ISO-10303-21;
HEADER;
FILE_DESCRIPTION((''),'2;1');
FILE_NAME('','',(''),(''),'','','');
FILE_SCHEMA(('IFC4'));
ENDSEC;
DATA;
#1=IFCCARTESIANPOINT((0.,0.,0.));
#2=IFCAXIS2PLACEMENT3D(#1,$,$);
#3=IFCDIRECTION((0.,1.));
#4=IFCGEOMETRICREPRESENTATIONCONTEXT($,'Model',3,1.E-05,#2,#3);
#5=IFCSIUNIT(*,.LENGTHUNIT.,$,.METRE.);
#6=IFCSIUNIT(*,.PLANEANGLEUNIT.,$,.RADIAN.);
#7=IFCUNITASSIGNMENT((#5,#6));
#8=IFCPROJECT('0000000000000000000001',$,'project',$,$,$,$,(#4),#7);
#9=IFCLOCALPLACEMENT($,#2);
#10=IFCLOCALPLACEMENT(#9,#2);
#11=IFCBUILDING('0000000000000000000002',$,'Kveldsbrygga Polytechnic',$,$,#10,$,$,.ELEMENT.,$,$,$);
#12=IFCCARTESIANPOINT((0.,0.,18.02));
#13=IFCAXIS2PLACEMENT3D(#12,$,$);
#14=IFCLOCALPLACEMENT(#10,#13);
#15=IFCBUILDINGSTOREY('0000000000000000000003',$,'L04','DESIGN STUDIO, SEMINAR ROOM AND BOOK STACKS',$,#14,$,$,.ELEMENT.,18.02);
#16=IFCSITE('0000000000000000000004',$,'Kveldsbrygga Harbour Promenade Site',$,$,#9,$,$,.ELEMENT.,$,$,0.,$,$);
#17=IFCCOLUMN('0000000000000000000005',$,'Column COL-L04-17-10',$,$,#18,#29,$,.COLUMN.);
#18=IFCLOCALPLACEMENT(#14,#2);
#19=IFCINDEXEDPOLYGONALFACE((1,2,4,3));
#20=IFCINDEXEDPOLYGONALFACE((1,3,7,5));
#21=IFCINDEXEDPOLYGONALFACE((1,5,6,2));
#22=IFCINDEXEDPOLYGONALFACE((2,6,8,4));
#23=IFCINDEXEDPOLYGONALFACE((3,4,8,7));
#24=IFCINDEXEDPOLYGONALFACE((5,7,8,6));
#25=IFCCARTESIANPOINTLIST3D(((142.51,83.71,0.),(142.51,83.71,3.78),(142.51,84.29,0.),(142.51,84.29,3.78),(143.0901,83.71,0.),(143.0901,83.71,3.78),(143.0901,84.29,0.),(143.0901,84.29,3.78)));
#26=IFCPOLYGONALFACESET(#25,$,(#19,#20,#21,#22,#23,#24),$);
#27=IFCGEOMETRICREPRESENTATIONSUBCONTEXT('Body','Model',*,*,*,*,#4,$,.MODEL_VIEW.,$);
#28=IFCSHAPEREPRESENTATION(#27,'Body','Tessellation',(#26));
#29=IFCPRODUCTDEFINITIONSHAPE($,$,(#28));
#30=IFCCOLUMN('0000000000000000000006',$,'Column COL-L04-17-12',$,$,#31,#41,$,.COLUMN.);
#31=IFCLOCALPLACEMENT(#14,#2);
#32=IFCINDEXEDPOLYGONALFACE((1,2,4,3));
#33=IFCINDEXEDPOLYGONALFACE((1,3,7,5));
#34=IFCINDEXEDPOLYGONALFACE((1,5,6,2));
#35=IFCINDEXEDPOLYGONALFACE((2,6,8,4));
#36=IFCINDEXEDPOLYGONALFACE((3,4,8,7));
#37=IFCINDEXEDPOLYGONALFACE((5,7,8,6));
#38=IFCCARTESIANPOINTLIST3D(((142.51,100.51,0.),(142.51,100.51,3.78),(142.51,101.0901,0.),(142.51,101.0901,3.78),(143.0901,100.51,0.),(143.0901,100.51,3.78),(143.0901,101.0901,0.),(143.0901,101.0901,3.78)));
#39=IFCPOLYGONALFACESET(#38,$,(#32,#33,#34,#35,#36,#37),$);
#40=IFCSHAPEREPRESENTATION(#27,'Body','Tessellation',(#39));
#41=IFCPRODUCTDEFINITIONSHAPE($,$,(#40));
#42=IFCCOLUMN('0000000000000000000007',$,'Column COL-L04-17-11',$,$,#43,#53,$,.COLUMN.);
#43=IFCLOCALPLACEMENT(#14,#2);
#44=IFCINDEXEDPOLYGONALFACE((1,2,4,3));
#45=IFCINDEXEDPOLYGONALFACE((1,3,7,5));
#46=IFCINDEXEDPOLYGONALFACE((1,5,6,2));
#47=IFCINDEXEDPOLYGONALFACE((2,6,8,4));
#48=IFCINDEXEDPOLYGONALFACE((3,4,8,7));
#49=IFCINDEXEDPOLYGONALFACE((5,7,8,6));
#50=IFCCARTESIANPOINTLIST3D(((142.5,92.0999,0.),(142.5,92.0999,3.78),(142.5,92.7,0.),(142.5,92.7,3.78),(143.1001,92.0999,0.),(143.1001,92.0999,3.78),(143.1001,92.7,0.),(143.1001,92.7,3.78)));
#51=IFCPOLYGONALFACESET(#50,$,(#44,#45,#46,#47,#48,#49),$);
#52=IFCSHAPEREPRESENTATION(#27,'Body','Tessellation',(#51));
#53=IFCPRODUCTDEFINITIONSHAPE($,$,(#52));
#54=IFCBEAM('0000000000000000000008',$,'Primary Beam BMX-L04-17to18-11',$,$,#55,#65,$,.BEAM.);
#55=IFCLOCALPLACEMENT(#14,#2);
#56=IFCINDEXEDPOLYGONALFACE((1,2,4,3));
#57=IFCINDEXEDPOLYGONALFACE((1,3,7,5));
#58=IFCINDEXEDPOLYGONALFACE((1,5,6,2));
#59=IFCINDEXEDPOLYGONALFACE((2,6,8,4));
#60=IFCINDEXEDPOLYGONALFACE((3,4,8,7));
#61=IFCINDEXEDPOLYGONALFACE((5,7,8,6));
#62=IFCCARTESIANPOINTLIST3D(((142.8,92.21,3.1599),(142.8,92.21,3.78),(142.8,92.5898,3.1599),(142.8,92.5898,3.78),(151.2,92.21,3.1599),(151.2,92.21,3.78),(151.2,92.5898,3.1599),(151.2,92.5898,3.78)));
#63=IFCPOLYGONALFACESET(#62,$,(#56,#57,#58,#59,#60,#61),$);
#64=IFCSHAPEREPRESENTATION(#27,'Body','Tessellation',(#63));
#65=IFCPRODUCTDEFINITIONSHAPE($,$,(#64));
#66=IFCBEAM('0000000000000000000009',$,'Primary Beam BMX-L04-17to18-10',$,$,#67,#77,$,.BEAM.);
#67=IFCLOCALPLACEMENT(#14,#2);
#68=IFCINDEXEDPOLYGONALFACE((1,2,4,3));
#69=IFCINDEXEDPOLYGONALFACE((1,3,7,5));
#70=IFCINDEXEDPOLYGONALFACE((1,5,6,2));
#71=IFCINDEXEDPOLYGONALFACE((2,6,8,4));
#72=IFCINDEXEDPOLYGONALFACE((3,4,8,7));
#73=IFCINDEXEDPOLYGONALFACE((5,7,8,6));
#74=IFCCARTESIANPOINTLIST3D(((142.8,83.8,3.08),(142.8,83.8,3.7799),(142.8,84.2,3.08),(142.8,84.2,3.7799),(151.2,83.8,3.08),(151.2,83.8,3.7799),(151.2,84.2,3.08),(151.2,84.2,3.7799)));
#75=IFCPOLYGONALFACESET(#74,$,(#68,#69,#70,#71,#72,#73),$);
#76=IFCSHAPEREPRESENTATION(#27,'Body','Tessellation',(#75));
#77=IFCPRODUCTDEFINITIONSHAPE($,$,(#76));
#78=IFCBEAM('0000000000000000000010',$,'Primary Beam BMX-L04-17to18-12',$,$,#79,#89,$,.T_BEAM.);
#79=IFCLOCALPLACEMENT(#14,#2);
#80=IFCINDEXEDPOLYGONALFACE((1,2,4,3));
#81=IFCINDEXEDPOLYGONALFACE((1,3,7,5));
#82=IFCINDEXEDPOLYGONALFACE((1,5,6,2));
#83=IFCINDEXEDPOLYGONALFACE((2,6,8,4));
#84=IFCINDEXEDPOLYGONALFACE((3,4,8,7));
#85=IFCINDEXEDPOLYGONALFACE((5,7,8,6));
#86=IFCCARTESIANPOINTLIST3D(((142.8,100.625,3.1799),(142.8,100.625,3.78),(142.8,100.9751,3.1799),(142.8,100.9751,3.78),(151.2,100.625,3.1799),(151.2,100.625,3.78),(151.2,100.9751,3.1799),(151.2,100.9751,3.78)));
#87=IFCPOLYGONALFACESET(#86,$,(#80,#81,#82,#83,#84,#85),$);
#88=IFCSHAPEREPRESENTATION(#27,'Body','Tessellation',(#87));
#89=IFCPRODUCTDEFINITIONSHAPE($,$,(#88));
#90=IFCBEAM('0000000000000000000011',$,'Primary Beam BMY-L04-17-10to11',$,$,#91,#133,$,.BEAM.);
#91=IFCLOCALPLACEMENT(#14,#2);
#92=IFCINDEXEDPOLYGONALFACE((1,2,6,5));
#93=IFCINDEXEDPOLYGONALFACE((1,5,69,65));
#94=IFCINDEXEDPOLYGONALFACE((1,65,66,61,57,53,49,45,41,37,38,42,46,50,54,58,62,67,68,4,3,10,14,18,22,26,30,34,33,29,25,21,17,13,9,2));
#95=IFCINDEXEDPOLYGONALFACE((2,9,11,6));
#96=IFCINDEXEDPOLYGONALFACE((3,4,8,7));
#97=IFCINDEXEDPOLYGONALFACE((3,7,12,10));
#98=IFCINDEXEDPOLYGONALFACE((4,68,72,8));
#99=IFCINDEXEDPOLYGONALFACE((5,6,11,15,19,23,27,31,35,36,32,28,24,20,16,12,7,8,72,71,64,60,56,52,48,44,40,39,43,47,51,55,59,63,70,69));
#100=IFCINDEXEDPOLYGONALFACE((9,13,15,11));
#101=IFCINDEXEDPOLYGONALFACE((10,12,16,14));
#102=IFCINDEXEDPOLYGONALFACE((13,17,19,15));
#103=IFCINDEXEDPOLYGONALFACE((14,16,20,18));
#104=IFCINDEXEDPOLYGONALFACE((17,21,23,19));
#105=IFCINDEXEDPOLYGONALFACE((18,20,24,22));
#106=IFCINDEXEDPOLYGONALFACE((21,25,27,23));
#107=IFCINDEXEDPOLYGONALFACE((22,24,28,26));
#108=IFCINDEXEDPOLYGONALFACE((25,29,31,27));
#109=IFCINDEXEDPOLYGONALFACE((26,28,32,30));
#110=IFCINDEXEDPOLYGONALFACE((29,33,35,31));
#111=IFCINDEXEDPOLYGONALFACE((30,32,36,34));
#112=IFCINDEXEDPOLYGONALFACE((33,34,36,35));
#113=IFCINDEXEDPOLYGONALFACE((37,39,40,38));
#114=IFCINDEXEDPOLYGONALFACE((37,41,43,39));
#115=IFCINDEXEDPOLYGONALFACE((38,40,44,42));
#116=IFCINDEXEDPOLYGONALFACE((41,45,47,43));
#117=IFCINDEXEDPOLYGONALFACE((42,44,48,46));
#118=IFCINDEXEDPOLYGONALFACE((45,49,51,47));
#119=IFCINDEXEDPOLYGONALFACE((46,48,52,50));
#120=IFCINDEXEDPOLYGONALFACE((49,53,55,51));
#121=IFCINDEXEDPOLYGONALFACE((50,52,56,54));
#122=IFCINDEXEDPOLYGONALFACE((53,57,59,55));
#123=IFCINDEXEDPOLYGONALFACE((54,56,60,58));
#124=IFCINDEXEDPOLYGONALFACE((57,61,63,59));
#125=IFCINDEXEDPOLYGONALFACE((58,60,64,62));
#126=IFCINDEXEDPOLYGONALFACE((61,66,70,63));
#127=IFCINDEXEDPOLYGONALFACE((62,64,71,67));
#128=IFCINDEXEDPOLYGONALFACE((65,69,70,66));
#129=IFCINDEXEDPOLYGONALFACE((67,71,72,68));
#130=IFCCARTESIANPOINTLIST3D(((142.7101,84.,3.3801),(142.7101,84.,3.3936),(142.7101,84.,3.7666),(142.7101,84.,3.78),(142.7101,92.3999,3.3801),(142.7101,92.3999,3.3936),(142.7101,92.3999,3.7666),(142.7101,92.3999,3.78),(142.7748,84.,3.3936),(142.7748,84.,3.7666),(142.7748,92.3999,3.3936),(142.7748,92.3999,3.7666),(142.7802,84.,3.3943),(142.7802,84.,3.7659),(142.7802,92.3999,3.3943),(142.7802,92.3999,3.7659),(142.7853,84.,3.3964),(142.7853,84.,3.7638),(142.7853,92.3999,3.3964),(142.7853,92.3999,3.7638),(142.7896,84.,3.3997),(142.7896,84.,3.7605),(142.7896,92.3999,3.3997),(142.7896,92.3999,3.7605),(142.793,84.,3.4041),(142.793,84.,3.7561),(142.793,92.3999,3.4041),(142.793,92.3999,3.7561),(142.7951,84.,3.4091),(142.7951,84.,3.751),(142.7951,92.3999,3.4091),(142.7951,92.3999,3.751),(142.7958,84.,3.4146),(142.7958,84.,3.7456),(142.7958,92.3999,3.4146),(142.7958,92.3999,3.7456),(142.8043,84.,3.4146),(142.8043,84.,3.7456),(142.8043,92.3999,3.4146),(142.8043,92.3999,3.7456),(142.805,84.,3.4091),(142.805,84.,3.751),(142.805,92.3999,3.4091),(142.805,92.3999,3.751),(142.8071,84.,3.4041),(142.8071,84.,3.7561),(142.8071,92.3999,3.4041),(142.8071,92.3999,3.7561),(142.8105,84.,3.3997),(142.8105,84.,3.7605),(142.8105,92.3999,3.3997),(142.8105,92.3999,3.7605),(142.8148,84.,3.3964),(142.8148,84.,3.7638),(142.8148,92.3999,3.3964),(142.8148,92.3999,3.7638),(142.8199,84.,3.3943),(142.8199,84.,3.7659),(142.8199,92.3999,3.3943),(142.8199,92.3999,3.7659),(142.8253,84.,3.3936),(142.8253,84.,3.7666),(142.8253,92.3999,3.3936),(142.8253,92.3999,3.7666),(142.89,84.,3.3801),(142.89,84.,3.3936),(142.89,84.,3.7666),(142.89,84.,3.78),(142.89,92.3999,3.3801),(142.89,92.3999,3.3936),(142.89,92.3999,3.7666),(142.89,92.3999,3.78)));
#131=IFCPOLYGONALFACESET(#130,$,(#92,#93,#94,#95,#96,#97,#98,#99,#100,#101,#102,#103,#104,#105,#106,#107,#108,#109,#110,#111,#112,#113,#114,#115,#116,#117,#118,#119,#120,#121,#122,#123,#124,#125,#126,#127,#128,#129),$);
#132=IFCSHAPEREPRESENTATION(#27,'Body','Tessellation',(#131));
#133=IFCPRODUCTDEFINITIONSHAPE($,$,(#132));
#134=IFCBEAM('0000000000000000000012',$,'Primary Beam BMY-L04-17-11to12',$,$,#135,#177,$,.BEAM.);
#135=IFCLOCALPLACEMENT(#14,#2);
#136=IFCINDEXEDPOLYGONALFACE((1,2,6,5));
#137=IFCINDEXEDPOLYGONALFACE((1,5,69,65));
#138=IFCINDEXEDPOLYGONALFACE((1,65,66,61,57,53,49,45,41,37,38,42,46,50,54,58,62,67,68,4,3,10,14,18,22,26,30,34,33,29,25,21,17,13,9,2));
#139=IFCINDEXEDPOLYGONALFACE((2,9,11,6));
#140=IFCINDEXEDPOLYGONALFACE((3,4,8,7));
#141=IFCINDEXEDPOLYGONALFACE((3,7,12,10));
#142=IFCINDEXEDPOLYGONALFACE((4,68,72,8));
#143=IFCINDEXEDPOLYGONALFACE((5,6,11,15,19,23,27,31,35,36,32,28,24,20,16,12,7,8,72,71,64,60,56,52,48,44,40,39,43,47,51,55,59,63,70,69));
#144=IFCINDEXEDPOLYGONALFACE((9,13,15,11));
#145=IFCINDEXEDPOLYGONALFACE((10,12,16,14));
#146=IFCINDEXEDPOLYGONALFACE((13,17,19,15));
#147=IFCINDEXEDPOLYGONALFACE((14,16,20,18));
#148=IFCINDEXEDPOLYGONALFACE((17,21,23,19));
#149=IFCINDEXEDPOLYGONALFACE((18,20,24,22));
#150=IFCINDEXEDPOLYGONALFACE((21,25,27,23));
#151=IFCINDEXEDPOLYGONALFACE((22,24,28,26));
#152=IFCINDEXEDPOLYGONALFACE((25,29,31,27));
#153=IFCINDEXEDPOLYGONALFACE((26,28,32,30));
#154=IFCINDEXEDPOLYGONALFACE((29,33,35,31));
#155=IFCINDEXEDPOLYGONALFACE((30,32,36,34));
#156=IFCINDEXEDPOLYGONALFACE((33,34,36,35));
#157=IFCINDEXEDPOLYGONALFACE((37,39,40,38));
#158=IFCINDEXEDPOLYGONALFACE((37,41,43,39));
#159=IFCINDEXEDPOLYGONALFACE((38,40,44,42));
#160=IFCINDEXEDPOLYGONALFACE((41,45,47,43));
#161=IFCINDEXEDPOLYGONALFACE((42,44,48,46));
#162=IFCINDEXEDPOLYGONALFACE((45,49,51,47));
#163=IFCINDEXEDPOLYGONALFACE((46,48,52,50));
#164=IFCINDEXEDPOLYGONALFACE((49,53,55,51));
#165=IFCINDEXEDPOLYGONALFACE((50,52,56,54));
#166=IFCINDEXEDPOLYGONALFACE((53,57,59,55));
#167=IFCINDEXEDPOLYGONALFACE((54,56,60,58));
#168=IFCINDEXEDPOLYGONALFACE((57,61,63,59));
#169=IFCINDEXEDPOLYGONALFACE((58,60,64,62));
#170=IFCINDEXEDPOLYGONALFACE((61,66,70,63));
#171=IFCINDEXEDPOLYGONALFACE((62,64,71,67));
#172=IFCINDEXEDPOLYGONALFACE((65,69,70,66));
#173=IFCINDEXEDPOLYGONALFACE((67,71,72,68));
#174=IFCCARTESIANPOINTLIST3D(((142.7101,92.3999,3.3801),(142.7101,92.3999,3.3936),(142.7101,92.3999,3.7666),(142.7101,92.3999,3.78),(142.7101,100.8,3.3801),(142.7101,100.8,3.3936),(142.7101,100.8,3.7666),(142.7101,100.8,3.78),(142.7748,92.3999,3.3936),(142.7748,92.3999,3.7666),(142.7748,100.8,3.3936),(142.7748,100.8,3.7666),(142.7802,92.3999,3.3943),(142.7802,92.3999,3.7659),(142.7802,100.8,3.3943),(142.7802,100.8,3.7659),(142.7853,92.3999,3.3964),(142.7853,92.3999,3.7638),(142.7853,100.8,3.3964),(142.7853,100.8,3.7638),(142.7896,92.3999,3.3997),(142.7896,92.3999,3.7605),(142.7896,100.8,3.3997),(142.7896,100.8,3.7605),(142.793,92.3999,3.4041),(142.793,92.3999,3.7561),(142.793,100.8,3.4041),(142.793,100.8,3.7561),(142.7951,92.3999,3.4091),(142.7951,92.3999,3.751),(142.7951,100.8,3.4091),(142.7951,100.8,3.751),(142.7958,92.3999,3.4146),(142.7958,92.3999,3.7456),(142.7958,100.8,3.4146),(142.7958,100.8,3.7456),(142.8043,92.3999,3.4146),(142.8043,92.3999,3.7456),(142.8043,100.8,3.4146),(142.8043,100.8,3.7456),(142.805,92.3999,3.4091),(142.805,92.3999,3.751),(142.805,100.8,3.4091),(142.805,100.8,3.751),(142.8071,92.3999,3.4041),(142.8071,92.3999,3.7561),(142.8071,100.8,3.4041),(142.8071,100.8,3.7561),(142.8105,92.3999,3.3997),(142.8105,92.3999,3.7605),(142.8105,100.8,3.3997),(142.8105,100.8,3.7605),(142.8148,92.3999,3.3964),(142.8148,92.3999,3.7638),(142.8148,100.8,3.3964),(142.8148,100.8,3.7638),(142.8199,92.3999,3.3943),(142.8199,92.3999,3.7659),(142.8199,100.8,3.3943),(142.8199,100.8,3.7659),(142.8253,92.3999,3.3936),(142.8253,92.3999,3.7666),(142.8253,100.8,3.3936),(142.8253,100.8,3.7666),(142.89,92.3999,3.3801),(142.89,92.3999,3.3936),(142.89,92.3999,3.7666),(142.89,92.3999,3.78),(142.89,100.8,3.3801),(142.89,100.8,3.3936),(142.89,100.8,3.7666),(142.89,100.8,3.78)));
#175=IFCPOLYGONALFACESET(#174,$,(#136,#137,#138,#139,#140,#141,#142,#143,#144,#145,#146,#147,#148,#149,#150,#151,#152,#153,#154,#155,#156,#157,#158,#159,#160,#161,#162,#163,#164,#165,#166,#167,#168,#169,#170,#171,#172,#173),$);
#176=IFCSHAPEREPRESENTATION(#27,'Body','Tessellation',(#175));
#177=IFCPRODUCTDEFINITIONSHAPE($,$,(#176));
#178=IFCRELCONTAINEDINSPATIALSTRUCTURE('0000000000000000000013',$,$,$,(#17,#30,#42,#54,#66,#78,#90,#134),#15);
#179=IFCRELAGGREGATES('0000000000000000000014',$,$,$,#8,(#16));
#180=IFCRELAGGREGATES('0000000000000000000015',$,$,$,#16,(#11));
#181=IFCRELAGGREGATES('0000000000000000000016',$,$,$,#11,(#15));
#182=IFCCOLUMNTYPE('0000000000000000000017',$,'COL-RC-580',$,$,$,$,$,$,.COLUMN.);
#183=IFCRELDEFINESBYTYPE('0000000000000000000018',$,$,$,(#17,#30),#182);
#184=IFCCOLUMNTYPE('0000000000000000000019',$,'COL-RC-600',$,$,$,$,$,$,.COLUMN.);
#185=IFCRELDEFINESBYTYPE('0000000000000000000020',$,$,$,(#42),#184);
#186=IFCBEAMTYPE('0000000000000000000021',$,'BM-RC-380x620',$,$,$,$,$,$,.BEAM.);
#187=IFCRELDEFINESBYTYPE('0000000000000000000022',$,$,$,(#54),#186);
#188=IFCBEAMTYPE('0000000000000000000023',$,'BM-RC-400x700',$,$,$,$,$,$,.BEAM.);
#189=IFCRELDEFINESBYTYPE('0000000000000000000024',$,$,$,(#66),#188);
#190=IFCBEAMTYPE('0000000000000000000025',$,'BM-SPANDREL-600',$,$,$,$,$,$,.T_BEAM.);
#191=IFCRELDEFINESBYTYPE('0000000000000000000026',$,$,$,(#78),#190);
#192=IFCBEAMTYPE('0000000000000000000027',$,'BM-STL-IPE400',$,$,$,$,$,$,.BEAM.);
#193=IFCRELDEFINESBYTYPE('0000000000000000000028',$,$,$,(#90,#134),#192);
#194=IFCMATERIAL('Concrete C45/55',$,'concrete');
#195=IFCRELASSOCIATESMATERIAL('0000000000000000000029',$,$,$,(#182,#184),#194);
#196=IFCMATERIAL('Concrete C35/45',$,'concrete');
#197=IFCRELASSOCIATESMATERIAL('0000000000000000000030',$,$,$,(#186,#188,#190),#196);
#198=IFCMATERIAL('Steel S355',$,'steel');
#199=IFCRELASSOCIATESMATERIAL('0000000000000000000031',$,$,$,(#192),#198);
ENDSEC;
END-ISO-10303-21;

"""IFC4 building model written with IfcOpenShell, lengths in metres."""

from ifc_helpers import new_model, si_unit, direction, frame, origin, origin_2d, place, context, subcontext, project, spatial, rectangle, i_section, extrude, material, material_profile, profile_set, type_object, element, save


model = new_model("IFC4")

# Units and contexts
model_context = context("Model", 3, precision=1e-05, world=origin(), true_north=direction((0.0, 1.0)))
body_context = subcontext(model_context, "Body", "Model", "MODEL_VIEW")
ifc_project = project(units=[si_unit("LENGTHUNIT", "METRE"), si_unit("PLANEANGLEUNIT", "RADIAN")], contexts=[model_context])

# Site, building, storey
site_placement = place(None, origin())
site = spatial("IfcSite", under=ifc_project, at=site_placement, Name="Kveldsbrygga Harbour Promenade Site", CompositionType="ELEMENT", RefElevation=0.0)
building_placement = place(site_placement, origin())
building = spatial("IfcBuilding", under=site, at=building_placement, Name="Kveldsbrygga Polytechnic", CompositionType="ELEMENT")
storey_placement = place(building_placement, frame((0.0, 0.0, 18.02)))
storey = spatial("IfcBuildingStorey", under=building, at=storey_placement, Name="L04", Description="DESIGN STUDIO, SEMINAR ROOM AND BOOK STACKS", CompositionType="ELEMENT", Elevation=18.02)

# Columns
ifc_material_1 = material(Name="Concrete C45/55", Category="concrete")
ifc_material_profile_1 = material_profile(ifc_material_1, rectangle(XDim=0.5801, YDim=0.5801, at=origin_2d()), Name="RC 580x580")
ifc_profile_set_1 = profile_set([ifc_material_profile_1], Name="Concrete C45/55")
column_type_1 = type_object("IfcColumnType", Name="COL-RC-580", PredefinedType="COLUMN", material=ifc_profile_set_1)
for number, where, z_axis, x_axis, name in (
    (1, (142.8, 84.0, 0.0), (0.0, 0.0, 1.0), (1.0, 0.0, 0.0), "Column COL-L04-17-10"),
    (2, (142.8, 100.8, 0.0), (0.0, 0.0, 1.0), (1.0, 0.0, 0.0), "Column COL-L04-17-12"),
):
    element("IfcColumn", number, at=place(storey_placement, frame(where, z_axis=z_axis, x_axis=x_axis)), inside=storey, type_object=column_type_1, Name=name, PredefinedType="COLUMN", context=body_context, shape_type="SweptSolid", body=[
        extrude(rectangle(XDim=0.5801, YDim=0.5801, at=origin_2d()), origin(), (0.0, 0.0, 1.0), 3.78),
    ])
ifc_material_profile_2 = material_profile(ifc_material_1, rectangle(XDim=0.6001, YDim=0.6001, at=origin_2d()), Name="RC 600x600")
ifc_profile_set_2 = profile_set([ifc_material_profile_2], Name="Concrete C45/55")
column_type_2 = type_object("IfcColumnType", Name="COL-RC-600", PredefinedType="COLUMN", material=ifc_profile_set_2)
column_placement = place(storey_placement, frame((142.8, 92.3999, 0.0), z_axis=(0.0, 0.0, 1.0), x_axis=(1.0, 0.0, 0.0)))
element("IfcColumn", 3, at=column_placement, inside=storey, type_object=column_type_2, Name="Column COL-L04-17-11", PredefinedType="COLUMN", context=body_context, shape_type="SweptSolid", body=[
    extrude(rectangle(XDim=0.6001, YDim=0.6001, at=origin_2d()), origin(), (0.0, 0.0, 1.0), 3.78),
])

# Beams
ifc_material_2 = material(Name="Concrete C35/45", Category="concrete")
ifc_material_profile_3 = material_profile(ifc_material_2, rectangle(XDim=0.3799, YDim=0.6201, at=origin_2d()), Name="RC 380x620")
ifc_profile_set_3 = profile_set([ifc_material_profile_3], Name="Concrete C35/45")
beam_type_1 = type_object("IfcBeamType", Name="BM-RC-380x620", PredefinedType="BEAM", material=ifc_profile_set_3)
beam_1_placement = place(storey_placement, frame((142.8, 92.3999, 3.47), z_axis=(1.0, 0.0, 0.0), x_axis=(0.0, 1.0, 0.0)))
element("IfcBeam", 4, at=beam_1_placement, inside=storey, type_object=beam_type_1, Name="Primary Beam BMX-L04-17to18-11", PredefinedType="BEAM", context=body_context, shape_type="SweptSolid", body=[
    extrude(rectangle(XDim=0.3799, YDim=0.6201, at=origin_2d()), origin(), (0.0, 0.0, 1.0), 8.3999),
])
ifc_material_profile_4 = material_profile(ifc_material_2, rectangle(XDim=0.3999, YDim=0.7, at=origin_2d()), Name="RC 400x700")
ifc_profile_set_4 = profile_set([ifc_material_profile_4], Name="Concrete C35/45")
beam_type_2 = type_object("IfcBeamType", Name="BM-RC-400x700", PredefinedType="BEAM", material=ifc_profile_set_4)
beam_2_placement = place(storey_placement, frame((142.8, 84.0, 3.4299), z_axis=(1.0, 0.0, 0.0), x_axis=(0.0, 1.0, 0.0)))
element("IfcBeam", 5, at=beam_2_placement, inside=storey, type_object=beam_type_2, Name="Primary Beam BMX-L04-17to18-10", PredefinedType="BEAM", context=body_context, shape_type="SweptSolid", body=[
    extrude(rectangle(XDim=0.3999, YDim=0.7, at=origin_2d()), origin(), (0.0, 0.0, 1.0), 8.3999),
])
ifc_material_profile_5 = material_profile(ifc_material_2, rectangle(XDim=0.3501, YDim=0.6001, at=origin_2d()), Name="RC 350x600")
ifc_profile_set_5 = profile_set([ifc_material_profile_5], Name="Concrete C35/45")
beam_type_3 = type_object("IfcBeamType", Name="BM-SPANDREL-600", PredefinedType="T_BEAM", material=ifc_profile_set_5)
beam_3_placement = place(storey_placement, frame((142.8, 100.8, 3.48), z_axis=(1.0, 0.0, 0.0), x_axis=(0.0, 1.0, 0.0)))
element("IfcBeam", 6, at=beam_3_placement, inside=storey, type_object=beam_type_3, Name="Primary Beam BMX-L04-17to18-12", PredefinedType="T_BEAM", context=body_context, shape_type="SweptSolid", body=[
    extrude(rectangle(XDim=0.3501, YDim=0.6001, at=origin_2d()), origin(), (0.0, 0.0, 1.0), 8.3999),
])
ifc_material_3 = material(Name="Steel S355", Category="steel")
ifc_material_profile_6 = material_profile(ifc_material_3, i_section(OverallWidth=0.1799, OverallDepth=0.3999, WebThickness=0.0085, FlangeThickness=0.0134, FilletRadius=0.021, at=origin_2d()), Name="IPE 400")
ifc_profile_set_6 = profile_set([ifc_material_profile_6], Name="Steel S355")
beam_type_4 = type_object("IfcBeamType", Name="BM-STL-IPE400", PredefinedType="BEAM", material=ifc_profile_set_6)
beam_4_placement = place(storey_placement, frame((142.8, 84.0, 3.5801), z_axis=(0.0, 1.0, 0.0), x_axis=(-1.0, 0.0, 0.0)))
element("IfcBeam", 7, at=beam_4_placement, inside=storey, type_object=beam_type_4, Name="Primary Beam BMY-L04-17-10to11", PredefinedType="BEAM", context=body_context, shape_type="SweptSolid", body=[
    extrude(i_section(OverallWidth=0.1799, OverallDepth=0.3999, WebThickness=0.0085, FlangeThickness=0.0134, FilletRadius=0.021, at=origin_2d()), origin(), (0.0, 0.0, 1.0), 8.3999),
])
beam_5_placement = place(storey_placement, frame((142.8, 92.3999, 3.5801), z_axis=(0.0, 1.0, 0.0), x_axis=(-1.0, 0.0, 0.0)))
element("IfcBeam", 8, at=beam_5_placement, inside=storey, type_object=beam_type_4, Name="Primary Beam BMY-L04-17-11to12", PredefinedType="BEAM", context=body_context, shape_type="SweptSolid", body=[
    extrude(i_section(OverallWidth=0.1799, OverallDepth=0.3999, WebThickness=0.0085, FlangeThickness=0.0134, FilletRadius=0.021, at=origin_2d()), origin(), (0.0, 0.0, 1.0), 8.4001),
])

save(model, "model.ifc")
